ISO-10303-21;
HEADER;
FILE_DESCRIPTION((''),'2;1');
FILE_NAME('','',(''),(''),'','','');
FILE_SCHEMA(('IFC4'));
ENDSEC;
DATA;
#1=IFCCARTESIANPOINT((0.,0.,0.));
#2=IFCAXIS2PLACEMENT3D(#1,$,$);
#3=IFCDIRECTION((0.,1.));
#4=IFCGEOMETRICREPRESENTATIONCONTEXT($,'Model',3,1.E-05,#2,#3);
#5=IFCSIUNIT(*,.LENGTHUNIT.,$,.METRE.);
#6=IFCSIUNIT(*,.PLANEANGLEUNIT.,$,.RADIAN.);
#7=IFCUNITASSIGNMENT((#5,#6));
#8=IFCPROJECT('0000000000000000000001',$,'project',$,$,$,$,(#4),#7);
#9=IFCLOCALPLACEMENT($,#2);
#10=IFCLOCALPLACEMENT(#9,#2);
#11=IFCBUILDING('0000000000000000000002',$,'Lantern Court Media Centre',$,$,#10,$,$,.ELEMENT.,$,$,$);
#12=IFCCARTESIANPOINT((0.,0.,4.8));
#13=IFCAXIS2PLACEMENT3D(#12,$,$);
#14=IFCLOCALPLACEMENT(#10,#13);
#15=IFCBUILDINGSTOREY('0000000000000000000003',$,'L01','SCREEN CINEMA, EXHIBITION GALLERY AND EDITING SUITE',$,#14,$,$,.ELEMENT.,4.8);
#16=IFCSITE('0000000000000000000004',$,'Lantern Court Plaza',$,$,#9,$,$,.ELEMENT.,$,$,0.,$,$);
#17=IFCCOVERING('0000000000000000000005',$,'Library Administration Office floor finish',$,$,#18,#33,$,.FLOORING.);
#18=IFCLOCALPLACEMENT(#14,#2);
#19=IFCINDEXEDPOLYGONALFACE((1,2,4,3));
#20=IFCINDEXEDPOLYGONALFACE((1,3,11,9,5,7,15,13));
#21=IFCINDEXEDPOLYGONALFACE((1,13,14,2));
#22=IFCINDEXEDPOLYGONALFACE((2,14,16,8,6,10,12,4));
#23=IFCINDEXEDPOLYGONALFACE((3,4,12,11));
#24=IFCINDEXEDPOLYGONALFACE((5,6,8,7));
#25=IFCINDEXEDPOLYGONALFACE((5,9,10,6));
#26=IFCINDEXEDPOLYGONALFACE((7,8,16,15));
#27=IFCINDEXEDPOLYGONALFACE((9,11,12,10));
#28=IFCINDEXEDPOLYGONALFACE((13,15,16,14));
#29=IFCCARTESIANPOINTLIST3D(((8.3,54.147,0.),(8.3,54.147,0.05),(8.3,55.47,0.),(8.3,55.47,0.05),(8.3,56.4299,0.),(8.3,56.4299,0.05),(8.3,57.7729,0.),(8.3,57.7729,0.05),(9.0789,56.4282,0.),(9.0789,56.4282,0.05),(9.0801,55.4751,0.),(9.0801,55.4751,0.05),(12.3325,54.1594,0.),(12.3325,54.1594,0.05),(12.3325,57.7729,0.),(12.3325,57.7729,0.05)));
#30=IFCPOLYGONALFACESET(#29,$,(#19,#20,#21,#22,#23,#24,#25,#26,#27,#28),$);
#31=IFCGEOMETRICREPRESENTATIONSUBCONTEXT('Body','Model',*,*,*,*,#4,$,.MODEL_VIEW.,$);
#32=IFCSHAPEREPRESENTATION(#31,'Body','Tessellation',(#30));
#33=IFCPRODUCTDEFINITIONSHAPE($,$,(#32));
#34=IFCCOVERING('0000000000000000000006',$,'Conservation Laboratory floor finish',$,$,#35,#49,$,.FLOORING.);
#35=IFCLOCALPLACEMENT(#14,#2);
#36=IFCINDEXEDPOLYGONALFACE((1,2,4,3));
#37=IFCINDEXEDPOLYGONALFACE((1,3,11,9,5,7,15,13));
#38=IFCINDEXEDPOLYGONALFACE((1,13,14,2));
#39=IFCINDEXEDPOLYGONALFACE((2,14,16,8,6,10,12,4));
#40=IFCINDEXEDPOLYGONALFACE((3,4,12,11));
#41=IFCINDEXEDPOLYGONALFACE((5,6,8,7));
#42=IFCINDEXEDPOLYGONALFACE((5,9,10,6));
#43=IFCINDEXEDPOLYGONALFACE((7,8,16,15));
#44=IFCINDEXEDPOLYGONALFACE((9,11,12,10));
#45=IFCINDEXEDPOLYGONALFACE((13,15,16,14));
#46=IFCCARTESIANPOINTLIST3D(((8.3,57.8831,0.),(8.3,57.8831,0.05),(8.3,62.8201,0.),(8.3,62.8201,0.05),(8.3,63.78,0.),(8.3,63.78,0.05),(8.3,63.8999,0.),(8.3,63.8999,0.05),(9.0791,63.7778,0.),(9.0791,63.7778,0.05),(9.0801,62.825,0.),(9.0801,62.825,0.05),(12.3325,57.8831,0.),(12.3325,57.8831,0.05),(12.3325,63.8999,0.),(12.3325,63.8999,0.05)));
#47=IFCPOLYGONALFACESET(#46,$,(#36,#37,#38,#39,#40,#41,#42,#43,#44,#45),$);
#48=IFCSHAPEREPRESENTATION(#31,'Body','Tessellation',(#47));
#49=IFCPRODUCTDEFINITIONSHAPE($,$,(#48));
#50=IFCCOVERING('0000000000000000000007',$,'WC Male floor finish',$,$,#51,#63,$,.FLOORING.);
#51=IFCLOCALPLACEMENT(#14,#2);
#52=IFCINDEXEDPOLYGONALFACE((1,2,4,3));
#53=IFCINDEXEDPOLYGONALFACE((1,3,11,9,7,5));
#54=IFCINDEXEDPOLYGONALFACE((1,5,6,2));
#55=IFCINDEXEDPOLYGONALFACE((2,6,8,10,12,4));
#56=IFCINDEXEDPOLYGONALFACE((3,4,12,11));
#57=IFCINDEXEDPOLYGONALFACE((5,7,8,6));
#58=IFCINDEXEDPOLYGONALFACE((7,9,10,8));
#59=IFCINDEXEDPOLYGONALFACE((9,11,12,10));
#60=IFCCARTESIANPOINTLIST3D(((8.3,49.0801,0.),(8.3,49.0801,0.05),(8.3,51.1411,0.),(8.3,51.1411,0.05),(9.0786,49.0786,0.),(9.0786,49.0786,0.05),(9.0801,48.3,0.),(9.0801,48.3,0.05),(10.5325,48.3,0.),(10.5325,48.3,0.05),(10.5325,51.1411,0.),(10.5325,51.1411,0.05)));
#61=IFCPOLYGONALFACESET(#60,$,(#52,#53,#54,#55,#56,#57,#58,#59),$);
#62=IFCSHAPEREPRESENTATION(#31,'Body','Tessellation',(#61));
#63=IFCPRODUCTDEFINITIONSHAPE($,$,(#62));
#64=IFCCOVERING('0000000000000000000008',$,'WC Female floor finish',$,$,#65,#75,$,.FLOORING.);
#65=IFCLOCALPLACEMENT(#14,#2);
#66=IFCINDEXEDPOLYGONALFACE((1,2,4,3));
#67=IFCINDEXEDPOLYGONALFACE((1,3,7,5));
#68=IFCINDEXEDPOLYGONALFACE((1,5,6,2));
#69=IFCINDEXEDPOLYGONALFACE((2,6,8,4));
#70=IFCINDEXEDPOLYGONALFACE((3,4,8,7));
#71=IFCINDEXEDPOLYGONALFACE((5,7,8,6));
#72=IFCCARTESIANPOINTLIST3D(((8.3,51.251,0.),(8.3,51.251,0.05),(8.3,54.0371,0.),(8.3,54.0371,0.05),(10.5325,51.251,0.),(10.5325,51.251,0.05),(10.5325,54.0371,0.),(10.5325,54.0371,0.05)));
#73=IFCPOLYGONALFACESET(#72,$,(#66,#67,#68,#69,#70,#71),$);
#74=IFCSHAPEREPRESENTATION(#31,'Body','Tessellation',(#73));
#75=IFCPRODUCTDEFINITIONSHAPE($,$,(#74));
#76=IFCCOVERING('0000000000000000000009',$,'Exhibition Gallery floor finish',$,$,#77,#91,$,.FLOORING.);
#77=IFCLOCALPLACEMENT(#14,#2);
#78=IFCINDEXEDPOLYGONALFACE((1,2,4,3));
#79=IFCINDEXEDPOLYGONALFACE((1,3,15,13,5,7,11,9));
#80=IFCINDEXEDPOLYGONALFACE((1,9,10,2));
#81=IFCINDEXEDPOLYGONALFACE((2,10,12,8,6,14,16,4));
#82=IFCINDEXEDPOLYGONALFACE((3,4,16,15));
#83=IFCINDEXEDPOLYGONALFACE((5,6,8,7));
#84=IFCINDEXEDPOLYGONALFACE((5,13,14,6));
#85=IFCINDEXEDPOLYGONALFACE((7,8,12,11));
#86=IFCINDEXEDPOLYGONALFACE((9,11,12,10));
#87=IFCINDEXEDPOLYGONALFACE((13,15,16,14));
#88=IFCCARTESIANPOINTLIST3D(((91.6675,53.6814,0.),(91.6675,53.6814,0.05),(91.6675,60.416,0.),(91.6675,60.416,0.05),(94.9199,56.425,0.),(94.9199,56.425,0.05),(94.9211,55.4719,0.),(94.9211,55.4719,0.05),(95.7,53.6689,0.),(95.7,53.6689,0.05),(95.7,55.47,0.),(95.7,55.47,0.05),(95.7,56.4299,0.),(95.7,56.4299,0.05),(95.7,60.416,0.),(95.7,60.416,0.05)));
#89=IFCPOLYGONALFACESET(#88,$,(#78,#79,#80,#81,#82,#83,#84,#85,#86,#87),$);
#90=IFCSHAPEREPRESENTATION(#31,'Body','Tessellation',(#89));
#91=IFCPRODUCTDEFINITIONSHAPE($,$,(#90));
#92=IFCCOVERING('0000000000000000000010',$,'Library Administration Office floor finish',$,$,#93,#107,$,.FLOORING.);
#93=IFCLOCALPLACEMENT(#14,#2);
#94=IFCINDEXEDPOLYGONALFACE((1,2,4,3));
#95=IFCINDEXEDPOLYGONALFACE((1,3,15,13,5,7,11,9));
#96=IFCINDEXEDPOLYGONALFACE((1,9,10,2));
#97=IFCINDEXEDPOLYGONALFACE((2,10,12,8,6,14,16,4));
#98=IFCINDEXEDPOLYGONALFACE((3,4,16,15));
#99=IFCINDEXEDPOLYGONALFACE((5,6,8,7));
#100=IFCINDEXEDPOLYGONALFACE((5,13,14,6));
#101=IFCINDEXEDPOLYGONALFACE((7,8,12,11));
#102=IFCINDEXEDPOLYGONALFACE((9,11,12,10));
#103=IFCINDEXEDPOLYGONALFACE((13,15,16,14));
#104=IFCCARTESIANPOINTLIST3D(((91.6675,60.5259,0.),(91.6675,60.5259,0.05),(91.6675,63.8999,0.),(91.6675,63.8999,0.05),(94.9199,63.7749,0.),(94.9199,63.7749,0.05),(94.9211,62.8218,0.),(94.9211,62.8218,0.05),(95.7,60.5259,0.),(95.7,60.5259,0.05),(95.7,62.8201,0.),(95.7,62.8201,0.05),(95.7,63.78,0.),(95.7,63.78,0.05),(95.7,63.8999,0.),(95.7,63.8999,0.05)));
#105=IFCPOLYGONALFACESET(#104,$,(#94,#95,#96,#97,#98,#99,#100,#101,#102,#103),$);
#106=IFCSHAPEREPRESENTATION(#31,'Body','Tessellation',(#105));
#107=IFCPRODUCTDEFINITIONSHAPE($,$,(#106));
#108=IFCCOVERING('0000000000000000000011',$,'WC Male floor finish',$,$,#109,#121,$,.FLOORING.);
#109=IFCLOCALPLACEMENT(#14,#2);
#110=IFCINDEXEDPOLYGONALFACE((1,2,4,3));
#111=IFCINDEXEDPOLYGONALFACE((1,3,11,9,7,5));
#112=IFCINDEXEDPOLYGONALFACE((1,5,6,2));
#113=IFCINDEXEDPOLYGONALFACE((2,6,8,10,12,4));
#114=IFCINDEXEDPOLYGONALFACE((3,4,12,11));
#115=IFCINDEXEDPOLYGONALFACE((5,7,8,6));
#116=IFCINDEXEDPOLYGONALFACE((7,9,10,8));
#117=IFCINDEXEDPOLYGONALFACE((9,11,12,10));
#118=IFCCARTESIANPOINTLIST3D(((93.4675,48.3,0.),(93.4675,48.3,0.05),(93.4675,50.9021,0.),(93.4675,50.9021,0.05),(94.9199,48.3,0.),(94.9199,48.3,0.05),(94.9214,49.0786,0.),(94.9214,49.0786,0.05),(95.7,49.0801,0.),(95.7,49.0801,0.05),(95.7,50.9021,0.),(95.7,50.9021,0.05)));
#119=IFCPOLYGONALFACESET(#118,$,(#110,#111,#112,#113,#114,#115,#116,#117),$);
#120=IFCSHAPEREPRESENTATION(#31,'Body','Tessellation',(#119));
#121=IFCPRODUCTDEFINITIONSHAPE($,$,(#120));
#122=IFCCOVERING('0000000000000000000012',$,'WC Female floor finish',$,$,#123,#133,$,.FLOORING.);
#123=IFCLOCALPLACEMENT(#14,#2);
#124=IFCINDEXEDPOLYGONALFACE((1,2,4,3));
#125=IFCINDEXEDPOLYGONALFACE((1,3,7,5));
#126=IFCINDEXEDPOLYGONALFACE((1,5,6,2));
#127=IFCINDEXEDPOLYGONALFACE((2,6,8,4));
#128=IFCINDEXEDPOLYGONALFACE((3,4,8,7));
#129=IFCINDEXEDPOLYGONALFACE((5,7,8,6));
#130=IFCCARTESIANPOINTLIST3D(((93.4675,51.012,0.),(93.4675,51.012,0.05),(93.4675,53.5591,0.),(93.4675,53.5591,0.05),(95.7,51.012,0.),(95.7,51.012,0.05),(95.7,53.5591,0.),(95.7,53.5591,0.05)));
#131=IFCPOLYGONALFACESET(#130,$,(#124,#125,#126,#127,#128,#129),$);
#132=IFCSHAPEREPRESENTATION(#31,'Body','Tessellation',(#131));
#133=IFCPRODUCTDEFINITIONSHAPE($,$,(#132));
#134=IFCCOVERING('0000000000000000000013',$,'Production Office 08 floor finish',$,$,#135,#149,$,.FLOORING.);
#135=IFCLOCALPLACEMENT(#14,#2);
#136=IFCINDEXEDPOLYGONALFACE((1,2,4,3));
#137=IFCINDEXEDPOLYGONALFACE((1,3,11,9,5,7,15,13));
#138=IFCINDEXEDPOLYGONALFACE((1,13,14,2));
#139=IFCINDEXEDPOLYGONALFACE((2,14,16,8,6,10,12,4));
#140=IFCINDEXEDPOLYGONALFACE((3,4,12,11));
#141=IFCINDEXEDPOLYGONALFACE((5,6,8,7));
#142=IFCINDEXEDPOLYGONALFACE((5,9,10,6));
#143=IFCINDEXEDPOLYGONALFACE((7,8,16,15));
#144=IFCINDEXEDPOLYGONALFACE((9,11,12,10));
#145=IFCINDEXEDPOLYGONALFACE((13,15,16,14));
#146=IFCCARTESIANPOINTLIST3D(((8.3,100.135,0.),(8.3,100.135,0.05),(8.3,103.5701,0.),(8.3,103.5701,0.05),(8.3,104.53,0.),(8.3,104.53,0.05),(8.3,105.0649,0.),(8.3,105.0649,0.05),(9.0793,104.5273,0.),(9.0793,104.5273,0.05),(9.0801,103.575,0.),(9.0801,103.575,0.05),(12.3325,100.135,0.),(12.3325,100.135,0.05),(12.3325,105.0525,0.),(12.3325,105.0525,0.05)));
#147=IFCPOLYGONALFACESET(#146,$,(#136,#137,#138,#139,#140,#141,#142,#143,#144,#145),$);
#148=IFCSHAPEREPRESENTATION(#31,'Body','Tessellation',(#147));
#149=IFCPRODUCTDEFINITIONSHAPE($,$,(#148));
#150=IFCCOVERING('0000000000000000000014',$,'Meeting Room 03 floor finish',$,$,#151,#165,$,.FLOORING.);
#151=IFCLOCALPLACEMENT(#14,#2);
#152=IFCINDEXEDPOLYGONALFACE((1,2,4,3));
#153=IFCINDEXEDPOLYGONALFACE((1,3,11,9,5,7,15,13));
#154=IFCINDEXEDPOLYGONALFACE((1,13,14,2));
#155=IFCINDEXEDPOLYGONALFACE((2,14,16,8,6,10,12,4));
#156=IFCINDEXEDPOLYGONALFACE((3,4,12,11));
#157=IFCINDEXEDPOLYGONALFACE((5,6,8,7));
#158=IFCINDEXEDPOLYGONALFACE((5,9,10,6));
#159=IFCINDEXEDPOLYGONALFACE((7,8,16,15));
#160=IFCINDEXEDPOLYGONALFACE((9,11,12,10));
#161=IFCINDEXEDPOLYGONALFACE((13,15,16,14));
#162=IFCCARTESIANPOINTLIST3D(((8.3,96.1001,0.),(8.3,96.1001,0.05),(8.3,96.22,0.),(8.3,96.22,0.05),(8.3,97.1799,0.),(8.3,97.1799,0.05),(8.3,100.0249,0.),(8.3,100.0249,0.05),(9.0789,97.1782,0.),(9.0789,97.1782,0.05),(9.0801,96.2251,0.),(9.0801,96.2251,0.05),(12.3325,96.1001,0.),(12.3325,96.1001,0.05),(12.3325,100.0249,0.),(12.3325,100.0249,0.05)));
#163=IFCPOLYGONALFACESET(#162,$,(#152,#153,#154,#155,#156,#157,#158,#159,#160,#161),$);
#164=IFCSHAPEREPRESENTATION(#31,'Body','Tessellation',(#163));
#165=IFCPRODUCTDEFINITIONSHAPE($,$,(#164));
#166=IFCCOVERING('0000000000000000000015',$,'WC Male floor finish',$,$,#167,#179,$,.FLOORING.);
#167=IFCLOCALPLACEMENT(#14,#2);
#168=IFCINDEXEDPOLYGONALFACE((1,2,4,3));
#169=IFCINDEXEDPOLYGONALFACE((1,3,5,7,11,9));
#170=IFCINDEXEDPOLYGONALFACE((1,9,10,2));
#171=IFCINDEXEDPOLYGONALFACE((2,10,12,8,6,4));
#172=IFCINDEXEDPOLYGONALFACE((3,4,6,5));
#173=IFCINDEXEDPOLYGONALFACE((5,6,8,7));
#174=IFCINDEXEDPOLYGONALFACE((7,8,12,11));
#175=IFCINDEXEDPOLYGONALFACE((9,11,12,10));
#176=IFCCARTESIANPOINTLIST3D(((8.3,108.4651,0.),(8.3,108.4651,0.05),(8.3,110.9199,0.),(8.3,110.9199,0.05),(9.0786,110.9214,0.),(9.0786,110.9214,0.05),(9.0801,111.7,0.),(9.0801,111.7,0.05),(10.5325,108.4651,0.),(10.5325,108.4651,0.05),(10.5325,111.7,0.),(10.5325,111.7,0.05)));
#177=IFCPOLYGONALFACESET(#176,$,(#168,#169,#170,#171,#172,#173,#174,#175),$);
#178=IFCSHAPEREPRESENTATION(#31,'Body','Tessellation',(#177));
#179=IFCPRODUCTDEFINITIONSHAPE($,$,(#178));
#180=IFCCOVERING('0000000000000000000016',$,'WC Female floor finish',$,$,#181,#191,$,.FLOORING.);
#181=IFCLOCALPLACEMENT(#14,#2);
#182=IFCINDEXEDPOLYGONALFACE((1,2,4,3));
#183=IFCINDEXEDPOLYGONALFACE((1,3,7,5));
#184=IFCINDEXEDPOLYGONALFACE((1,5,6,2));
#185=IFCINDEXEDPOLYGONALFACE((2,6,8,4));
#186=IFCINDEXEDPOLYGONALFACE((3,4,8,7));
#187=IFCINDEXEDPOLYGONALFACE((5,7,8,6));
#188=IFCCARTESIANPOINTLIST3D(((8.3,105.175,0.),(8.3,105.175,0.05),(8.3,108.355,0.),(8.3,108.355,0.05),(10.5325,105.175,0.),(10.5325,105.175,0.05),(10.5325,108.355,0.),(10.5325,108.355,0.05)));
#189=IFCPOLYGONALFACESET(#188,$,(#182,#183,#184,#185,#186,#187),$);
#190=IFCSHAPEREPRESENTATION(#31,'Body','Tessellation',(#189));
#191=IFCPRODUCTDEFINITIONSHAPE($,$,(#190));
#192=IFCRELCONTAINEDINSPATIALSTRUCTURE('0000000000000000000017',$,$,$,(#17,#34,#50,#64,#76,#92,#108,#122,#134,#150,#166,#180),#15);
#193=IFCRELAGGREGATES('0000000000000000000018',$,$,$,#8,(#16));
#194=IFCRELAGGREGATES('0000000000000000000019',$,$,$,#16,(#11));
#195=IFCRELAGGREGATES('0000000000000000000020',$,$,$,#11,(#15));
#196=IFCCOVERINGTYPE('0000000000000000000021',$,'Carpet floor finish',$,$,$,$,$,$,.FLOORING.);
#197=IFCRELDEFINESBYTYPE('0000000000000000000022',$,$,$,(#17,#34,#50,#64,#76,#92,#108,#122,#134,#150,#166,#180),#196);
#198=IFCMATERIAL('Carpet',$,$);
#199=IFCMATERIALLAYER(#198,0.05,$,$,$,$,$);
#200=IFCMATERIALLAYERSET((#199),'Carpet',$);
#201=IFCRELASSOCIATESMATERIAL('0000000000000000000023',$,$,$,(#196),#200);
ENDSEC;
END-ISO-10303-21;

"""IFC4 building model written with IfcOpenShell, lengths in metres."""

from ifc_helpers import new_model, si_unit, direction, frame, origin, place, context, subcontext, project, spatial, polyline, outline, extrude, material, layer, layer_set, type_object, element, save


model = new_model("IFC4")

# Units and contexts
model_context = context("Model", 3, precision=1e-05, world=origin(), true_north=direction((0.0, 1.0)))
body_context = subcontext(model_context, "Body", "Model", "MODEL_VIEW")
ifc_project = project(units=[si_unit("LENGTHUNIT", "METRE"), si_unit("PLANEANGLEUNIT", "RADIAN")], contexts=[model_context])

# Site, building, storey
site_placement = place(None, origin())
site = spatial("IfcSite", under=ifc_project, at=site_placement, Name="Lantern Court Plaza", CompositionType="ELEMENT", RefElevation=0.0)
building_placement = place(site_placement, origin())
building = spatial("IfcBuilding", under=site, at=building_placement, Name="Lantern Court Media Centre", CompositionType="ELEMENT")
storey_placement = place(building_placement, frame((0.0, 0.0, 4.8)))
storey = spatial("IfcBuildingStorey", under=building, at=storey_placement, Name="L01", Description="SCREEN CINEMA, EXHIBITION GALLERY AND EDITING SUITE", CompositionType="ELEMENT", Elevation=4.8)

# Coverings
ifc_material_1 = material(Name="Carpet")
ifc_layer_1 = layer(ifc_material_1, 0.05)
ifc_layer_set_1 = layer_set([ifc_layer_1], Name="Carpet")
covering_type_1 = type_object("IfcCoveringType", Name="Carpet floor finish", PredefinedType="FLOORING", material=ifc_layer_set_1)
covering_1_placement = place(storey_placement, origin())
element("IfcCovering", 1, at=covering_1_placement, inside=storey, type_object=covering_type_1, Name="Library Administration Office floor finish", PredefinedType="FLOORING", context=body_context, shape_type="SweptSolid", body=[
    extrude(outline(polyline([(8.3, 57.7729), (12.3325, 57.7729), (12.3325, 54.1594), (8.3, 54.147), (8.3, 55.47), (9.0801, 55.4751), (9.0789, 56.4282), (8.3, 56.4299), (8.3, 57.7729)])), origin(), (0.0, 0.0, 1.0), 0.05),
])
covering_2_placement = place(storey_placement, origin())
element("IfcCovering", 2, at=covering_2_placement, inside=storey, type_object=covering_type_1, Name="Conservation Laboratory floor finish", PredefinedType="FLOORING", context=body_context, shape_type="SweptSolid", body=[
    extrude(outline(polyline([(8.3, 63.8999), (12.3325, 63.8999), (12.3325, 57.8831), (8.3, 57.8831), (8.3, 62.8201), (9.0801, 62.825), (9.0791, 63.7778), (8.3, 63.78), (8.3, 63.8999)])), origin(), (0.0, 0.0, 1.0), 0.05),
])
covering_3_placement = place(storey_placement, origin())
element("IfcCovering", 3, at=covering_3_placement, inside=storey, type_object=covering_type_1, Name="WC Male floor finish", PredefinedType="FLOORING", context=body_context, shape_type="SweptSolid", body=[
    extrude(outline(polyline([(8.3, 51.1411), (10.5325, 51.1411), (10.5325, 48.3), (9.0801, 48.3), (9.0786, 49.0786), (8.3, 49.0801), (8.3, 51.1411)])), origin(), (0.0, 0.0, 1.0), 0.05),
])
covering_4_placement = place(storey_placement, origin())
element("IfcCovering", 4, at=covering_4_placement, inside=storey, type_object=covering_type_1, Name="WC Female floor finish", PredefinedType="FLOORING", context=body_context, shape_type="SweptSolid", body=[
    extrude(outline(polyline([(8.3, 54.0371), (10.5325, 54.0371), (10.5325, 51.251), (8.3, 51.251), (8.3, 54.0371)])), origin(), (0.0, 0.0, 1.0), 0.05),
])
covering_5_placement = place(storey_placement, origin())
element("IfcCovering", 5, at=covering_5_placement, inside=storey, type_object=covering_type_1, Name="Exhibition Gallery floor finish", PredefinedType="FLOORING", context=body_context, shape_type="SweptSolid", body=[
    extrude(outline(polyline([(95.7, 53.6689), (91.6675, 53.6814), (91.6675, 60.416), (95.7, 60.416), (95.7, 56.4299), (94.9199, 56.425), (94.9211, 55.4719), (95.7, 55.47), (95.7, 53.6689)])), origin(), (0.0, 0.0, 1.0), 0.05),
])
covering_6_placement = place(storey_placement, origin())
element("IfcCovering", 6, at=covering_6_placement, inside=storey, type_object=covering_type_1, Name="Library Administration Office floor finish", PredefinedType="FLOORING", context=body_context, shape_type="SweptSolid", body=[
    extrude(outline(polyline([(95.7, 60.5259), (91.6675, 60.5259), (91.6675, 63.8999), (95.7, 63.8999), (95.7, 63.78), (94.9199, 63.7749), (94.9211, 62.8218), (95.7, 62.8201), (95.7, 60.5259)])), origin(), (0.0, 0.0, 1.0), 0.05),
])
covering_7_placement = place(storey_placement, origin())
element("IfcCovering", 7, at=covering_7_placement, inside=storey, type_object=covering_type_1, Name="WC Male floor finish", PredefinedType="FLOORING", context=body_context, shape_type="SweptSolid", body=[
    extrude(outline(polyline([(95.7, 49.0801), (94.9214, 49.0786), (94.9199, 48.3), (93.4675, 48.3), (93.4675, 50.9021), (95.7, 50.9021), (95.7, 49.0801)])), origin(), (0.0, 0.0, 1.0), 0.05),
])
covering_8_placement = place(storey_placement, origin())
element("IfcCovering", 8, at=covering_8_placement, inside=storey, type_object=covering_type_1, Name="WC Female floor finish", PredefinedType="FLOORING", context=body_context, shape_type="SweptSolid", body=[
    extrude(outline(polyline([(95.7, 51.012), (93.4675, 51.012), (93.4675, 53.5591), (95.7, 53.5591), (95.7, 51.012)])), origin(), (0.0, 0.0, 1.0), 0.05),
])
covering_9_placement = place(storey_placement, origin())
element("IfcCovering", 9, at=covering_9_placement, inside=storey, type_object=covering_type_1, Name="Production Office 08 floor finish", PredefinedType="FLOORING", context=body_context, shape_type="SweptSolid", body=[
    extrude(outline(polyline([(8.3, 105.0649), (12.3325, 105.0525), (12.3325, 100.135), (8.3, 100.135), (8.3, 103.5701), (9.0801, 103.575), (9.0793, 104.5273), (8.3, 104.53), (8.3, 105.0649)])), origin(), (0.0, 0.0, 1.0), 0.05),
])
covering_10_placement = place(storey_placement, origin())
element("IfcCovering", 10, at=covering_10_placement, inside=storey, type_object=covering_type_1, Name="Meeting Room 03 floor finish", PredefinedType="FLOORING", context=body_context, shape_type="SweptSolid", body=[
    extrude(outline(polyline([(8.3, 100.0249), (12.3325, 100.0249), (12.3325, 96.1001), (8.3, 96.1001), (8.3, 96.22), (9.0801, 96.2251), (9.0789, 97.1782), (8.3, 97.1799), (8.3, 100.0249)])), origin(), (0.0, 0.0, 1.0), 0.05),
])
covering_11_placement = place(storey_placement, origin())
element("IfcCovering", 11, at=covering_11_placement, inside=storey, type_object=covering_type_1, Name="WC Male floor finish", PredefinedType="FLOORING", context=body_context, shape_type="SweptSolid", body=[
    extrude(outline(polyline([(10.5325, 111.7), (10.5325, 108.4651), (8.3, 108.4651), (8.3, 110.9199), (9.0786, 110.9214), (9.0801, 111.7), (10.5325, 111.7)])), origin(), (0.0, 0.0, 1.0), 0.05),
])
covering_12_placement = place(storey_placement, origin())
element("IfcCovering", 12, at=covering_12_placement, inside=storey, type_object=covering_type_1, Name="WC Female floor finish", PredefinedType="FLOORING", context=body_context, shape_type="SweptSolid", body=[
    extrude(outline(polyline([(8.3, 108.355), (10.5325, 108.355), (10.5325, 105.175), (8.3, 105.175), (8.3, 108.355)])), origin(), (0.0, 0.0, 1.0), 0.05),
])

save(model, "model.ifc")
